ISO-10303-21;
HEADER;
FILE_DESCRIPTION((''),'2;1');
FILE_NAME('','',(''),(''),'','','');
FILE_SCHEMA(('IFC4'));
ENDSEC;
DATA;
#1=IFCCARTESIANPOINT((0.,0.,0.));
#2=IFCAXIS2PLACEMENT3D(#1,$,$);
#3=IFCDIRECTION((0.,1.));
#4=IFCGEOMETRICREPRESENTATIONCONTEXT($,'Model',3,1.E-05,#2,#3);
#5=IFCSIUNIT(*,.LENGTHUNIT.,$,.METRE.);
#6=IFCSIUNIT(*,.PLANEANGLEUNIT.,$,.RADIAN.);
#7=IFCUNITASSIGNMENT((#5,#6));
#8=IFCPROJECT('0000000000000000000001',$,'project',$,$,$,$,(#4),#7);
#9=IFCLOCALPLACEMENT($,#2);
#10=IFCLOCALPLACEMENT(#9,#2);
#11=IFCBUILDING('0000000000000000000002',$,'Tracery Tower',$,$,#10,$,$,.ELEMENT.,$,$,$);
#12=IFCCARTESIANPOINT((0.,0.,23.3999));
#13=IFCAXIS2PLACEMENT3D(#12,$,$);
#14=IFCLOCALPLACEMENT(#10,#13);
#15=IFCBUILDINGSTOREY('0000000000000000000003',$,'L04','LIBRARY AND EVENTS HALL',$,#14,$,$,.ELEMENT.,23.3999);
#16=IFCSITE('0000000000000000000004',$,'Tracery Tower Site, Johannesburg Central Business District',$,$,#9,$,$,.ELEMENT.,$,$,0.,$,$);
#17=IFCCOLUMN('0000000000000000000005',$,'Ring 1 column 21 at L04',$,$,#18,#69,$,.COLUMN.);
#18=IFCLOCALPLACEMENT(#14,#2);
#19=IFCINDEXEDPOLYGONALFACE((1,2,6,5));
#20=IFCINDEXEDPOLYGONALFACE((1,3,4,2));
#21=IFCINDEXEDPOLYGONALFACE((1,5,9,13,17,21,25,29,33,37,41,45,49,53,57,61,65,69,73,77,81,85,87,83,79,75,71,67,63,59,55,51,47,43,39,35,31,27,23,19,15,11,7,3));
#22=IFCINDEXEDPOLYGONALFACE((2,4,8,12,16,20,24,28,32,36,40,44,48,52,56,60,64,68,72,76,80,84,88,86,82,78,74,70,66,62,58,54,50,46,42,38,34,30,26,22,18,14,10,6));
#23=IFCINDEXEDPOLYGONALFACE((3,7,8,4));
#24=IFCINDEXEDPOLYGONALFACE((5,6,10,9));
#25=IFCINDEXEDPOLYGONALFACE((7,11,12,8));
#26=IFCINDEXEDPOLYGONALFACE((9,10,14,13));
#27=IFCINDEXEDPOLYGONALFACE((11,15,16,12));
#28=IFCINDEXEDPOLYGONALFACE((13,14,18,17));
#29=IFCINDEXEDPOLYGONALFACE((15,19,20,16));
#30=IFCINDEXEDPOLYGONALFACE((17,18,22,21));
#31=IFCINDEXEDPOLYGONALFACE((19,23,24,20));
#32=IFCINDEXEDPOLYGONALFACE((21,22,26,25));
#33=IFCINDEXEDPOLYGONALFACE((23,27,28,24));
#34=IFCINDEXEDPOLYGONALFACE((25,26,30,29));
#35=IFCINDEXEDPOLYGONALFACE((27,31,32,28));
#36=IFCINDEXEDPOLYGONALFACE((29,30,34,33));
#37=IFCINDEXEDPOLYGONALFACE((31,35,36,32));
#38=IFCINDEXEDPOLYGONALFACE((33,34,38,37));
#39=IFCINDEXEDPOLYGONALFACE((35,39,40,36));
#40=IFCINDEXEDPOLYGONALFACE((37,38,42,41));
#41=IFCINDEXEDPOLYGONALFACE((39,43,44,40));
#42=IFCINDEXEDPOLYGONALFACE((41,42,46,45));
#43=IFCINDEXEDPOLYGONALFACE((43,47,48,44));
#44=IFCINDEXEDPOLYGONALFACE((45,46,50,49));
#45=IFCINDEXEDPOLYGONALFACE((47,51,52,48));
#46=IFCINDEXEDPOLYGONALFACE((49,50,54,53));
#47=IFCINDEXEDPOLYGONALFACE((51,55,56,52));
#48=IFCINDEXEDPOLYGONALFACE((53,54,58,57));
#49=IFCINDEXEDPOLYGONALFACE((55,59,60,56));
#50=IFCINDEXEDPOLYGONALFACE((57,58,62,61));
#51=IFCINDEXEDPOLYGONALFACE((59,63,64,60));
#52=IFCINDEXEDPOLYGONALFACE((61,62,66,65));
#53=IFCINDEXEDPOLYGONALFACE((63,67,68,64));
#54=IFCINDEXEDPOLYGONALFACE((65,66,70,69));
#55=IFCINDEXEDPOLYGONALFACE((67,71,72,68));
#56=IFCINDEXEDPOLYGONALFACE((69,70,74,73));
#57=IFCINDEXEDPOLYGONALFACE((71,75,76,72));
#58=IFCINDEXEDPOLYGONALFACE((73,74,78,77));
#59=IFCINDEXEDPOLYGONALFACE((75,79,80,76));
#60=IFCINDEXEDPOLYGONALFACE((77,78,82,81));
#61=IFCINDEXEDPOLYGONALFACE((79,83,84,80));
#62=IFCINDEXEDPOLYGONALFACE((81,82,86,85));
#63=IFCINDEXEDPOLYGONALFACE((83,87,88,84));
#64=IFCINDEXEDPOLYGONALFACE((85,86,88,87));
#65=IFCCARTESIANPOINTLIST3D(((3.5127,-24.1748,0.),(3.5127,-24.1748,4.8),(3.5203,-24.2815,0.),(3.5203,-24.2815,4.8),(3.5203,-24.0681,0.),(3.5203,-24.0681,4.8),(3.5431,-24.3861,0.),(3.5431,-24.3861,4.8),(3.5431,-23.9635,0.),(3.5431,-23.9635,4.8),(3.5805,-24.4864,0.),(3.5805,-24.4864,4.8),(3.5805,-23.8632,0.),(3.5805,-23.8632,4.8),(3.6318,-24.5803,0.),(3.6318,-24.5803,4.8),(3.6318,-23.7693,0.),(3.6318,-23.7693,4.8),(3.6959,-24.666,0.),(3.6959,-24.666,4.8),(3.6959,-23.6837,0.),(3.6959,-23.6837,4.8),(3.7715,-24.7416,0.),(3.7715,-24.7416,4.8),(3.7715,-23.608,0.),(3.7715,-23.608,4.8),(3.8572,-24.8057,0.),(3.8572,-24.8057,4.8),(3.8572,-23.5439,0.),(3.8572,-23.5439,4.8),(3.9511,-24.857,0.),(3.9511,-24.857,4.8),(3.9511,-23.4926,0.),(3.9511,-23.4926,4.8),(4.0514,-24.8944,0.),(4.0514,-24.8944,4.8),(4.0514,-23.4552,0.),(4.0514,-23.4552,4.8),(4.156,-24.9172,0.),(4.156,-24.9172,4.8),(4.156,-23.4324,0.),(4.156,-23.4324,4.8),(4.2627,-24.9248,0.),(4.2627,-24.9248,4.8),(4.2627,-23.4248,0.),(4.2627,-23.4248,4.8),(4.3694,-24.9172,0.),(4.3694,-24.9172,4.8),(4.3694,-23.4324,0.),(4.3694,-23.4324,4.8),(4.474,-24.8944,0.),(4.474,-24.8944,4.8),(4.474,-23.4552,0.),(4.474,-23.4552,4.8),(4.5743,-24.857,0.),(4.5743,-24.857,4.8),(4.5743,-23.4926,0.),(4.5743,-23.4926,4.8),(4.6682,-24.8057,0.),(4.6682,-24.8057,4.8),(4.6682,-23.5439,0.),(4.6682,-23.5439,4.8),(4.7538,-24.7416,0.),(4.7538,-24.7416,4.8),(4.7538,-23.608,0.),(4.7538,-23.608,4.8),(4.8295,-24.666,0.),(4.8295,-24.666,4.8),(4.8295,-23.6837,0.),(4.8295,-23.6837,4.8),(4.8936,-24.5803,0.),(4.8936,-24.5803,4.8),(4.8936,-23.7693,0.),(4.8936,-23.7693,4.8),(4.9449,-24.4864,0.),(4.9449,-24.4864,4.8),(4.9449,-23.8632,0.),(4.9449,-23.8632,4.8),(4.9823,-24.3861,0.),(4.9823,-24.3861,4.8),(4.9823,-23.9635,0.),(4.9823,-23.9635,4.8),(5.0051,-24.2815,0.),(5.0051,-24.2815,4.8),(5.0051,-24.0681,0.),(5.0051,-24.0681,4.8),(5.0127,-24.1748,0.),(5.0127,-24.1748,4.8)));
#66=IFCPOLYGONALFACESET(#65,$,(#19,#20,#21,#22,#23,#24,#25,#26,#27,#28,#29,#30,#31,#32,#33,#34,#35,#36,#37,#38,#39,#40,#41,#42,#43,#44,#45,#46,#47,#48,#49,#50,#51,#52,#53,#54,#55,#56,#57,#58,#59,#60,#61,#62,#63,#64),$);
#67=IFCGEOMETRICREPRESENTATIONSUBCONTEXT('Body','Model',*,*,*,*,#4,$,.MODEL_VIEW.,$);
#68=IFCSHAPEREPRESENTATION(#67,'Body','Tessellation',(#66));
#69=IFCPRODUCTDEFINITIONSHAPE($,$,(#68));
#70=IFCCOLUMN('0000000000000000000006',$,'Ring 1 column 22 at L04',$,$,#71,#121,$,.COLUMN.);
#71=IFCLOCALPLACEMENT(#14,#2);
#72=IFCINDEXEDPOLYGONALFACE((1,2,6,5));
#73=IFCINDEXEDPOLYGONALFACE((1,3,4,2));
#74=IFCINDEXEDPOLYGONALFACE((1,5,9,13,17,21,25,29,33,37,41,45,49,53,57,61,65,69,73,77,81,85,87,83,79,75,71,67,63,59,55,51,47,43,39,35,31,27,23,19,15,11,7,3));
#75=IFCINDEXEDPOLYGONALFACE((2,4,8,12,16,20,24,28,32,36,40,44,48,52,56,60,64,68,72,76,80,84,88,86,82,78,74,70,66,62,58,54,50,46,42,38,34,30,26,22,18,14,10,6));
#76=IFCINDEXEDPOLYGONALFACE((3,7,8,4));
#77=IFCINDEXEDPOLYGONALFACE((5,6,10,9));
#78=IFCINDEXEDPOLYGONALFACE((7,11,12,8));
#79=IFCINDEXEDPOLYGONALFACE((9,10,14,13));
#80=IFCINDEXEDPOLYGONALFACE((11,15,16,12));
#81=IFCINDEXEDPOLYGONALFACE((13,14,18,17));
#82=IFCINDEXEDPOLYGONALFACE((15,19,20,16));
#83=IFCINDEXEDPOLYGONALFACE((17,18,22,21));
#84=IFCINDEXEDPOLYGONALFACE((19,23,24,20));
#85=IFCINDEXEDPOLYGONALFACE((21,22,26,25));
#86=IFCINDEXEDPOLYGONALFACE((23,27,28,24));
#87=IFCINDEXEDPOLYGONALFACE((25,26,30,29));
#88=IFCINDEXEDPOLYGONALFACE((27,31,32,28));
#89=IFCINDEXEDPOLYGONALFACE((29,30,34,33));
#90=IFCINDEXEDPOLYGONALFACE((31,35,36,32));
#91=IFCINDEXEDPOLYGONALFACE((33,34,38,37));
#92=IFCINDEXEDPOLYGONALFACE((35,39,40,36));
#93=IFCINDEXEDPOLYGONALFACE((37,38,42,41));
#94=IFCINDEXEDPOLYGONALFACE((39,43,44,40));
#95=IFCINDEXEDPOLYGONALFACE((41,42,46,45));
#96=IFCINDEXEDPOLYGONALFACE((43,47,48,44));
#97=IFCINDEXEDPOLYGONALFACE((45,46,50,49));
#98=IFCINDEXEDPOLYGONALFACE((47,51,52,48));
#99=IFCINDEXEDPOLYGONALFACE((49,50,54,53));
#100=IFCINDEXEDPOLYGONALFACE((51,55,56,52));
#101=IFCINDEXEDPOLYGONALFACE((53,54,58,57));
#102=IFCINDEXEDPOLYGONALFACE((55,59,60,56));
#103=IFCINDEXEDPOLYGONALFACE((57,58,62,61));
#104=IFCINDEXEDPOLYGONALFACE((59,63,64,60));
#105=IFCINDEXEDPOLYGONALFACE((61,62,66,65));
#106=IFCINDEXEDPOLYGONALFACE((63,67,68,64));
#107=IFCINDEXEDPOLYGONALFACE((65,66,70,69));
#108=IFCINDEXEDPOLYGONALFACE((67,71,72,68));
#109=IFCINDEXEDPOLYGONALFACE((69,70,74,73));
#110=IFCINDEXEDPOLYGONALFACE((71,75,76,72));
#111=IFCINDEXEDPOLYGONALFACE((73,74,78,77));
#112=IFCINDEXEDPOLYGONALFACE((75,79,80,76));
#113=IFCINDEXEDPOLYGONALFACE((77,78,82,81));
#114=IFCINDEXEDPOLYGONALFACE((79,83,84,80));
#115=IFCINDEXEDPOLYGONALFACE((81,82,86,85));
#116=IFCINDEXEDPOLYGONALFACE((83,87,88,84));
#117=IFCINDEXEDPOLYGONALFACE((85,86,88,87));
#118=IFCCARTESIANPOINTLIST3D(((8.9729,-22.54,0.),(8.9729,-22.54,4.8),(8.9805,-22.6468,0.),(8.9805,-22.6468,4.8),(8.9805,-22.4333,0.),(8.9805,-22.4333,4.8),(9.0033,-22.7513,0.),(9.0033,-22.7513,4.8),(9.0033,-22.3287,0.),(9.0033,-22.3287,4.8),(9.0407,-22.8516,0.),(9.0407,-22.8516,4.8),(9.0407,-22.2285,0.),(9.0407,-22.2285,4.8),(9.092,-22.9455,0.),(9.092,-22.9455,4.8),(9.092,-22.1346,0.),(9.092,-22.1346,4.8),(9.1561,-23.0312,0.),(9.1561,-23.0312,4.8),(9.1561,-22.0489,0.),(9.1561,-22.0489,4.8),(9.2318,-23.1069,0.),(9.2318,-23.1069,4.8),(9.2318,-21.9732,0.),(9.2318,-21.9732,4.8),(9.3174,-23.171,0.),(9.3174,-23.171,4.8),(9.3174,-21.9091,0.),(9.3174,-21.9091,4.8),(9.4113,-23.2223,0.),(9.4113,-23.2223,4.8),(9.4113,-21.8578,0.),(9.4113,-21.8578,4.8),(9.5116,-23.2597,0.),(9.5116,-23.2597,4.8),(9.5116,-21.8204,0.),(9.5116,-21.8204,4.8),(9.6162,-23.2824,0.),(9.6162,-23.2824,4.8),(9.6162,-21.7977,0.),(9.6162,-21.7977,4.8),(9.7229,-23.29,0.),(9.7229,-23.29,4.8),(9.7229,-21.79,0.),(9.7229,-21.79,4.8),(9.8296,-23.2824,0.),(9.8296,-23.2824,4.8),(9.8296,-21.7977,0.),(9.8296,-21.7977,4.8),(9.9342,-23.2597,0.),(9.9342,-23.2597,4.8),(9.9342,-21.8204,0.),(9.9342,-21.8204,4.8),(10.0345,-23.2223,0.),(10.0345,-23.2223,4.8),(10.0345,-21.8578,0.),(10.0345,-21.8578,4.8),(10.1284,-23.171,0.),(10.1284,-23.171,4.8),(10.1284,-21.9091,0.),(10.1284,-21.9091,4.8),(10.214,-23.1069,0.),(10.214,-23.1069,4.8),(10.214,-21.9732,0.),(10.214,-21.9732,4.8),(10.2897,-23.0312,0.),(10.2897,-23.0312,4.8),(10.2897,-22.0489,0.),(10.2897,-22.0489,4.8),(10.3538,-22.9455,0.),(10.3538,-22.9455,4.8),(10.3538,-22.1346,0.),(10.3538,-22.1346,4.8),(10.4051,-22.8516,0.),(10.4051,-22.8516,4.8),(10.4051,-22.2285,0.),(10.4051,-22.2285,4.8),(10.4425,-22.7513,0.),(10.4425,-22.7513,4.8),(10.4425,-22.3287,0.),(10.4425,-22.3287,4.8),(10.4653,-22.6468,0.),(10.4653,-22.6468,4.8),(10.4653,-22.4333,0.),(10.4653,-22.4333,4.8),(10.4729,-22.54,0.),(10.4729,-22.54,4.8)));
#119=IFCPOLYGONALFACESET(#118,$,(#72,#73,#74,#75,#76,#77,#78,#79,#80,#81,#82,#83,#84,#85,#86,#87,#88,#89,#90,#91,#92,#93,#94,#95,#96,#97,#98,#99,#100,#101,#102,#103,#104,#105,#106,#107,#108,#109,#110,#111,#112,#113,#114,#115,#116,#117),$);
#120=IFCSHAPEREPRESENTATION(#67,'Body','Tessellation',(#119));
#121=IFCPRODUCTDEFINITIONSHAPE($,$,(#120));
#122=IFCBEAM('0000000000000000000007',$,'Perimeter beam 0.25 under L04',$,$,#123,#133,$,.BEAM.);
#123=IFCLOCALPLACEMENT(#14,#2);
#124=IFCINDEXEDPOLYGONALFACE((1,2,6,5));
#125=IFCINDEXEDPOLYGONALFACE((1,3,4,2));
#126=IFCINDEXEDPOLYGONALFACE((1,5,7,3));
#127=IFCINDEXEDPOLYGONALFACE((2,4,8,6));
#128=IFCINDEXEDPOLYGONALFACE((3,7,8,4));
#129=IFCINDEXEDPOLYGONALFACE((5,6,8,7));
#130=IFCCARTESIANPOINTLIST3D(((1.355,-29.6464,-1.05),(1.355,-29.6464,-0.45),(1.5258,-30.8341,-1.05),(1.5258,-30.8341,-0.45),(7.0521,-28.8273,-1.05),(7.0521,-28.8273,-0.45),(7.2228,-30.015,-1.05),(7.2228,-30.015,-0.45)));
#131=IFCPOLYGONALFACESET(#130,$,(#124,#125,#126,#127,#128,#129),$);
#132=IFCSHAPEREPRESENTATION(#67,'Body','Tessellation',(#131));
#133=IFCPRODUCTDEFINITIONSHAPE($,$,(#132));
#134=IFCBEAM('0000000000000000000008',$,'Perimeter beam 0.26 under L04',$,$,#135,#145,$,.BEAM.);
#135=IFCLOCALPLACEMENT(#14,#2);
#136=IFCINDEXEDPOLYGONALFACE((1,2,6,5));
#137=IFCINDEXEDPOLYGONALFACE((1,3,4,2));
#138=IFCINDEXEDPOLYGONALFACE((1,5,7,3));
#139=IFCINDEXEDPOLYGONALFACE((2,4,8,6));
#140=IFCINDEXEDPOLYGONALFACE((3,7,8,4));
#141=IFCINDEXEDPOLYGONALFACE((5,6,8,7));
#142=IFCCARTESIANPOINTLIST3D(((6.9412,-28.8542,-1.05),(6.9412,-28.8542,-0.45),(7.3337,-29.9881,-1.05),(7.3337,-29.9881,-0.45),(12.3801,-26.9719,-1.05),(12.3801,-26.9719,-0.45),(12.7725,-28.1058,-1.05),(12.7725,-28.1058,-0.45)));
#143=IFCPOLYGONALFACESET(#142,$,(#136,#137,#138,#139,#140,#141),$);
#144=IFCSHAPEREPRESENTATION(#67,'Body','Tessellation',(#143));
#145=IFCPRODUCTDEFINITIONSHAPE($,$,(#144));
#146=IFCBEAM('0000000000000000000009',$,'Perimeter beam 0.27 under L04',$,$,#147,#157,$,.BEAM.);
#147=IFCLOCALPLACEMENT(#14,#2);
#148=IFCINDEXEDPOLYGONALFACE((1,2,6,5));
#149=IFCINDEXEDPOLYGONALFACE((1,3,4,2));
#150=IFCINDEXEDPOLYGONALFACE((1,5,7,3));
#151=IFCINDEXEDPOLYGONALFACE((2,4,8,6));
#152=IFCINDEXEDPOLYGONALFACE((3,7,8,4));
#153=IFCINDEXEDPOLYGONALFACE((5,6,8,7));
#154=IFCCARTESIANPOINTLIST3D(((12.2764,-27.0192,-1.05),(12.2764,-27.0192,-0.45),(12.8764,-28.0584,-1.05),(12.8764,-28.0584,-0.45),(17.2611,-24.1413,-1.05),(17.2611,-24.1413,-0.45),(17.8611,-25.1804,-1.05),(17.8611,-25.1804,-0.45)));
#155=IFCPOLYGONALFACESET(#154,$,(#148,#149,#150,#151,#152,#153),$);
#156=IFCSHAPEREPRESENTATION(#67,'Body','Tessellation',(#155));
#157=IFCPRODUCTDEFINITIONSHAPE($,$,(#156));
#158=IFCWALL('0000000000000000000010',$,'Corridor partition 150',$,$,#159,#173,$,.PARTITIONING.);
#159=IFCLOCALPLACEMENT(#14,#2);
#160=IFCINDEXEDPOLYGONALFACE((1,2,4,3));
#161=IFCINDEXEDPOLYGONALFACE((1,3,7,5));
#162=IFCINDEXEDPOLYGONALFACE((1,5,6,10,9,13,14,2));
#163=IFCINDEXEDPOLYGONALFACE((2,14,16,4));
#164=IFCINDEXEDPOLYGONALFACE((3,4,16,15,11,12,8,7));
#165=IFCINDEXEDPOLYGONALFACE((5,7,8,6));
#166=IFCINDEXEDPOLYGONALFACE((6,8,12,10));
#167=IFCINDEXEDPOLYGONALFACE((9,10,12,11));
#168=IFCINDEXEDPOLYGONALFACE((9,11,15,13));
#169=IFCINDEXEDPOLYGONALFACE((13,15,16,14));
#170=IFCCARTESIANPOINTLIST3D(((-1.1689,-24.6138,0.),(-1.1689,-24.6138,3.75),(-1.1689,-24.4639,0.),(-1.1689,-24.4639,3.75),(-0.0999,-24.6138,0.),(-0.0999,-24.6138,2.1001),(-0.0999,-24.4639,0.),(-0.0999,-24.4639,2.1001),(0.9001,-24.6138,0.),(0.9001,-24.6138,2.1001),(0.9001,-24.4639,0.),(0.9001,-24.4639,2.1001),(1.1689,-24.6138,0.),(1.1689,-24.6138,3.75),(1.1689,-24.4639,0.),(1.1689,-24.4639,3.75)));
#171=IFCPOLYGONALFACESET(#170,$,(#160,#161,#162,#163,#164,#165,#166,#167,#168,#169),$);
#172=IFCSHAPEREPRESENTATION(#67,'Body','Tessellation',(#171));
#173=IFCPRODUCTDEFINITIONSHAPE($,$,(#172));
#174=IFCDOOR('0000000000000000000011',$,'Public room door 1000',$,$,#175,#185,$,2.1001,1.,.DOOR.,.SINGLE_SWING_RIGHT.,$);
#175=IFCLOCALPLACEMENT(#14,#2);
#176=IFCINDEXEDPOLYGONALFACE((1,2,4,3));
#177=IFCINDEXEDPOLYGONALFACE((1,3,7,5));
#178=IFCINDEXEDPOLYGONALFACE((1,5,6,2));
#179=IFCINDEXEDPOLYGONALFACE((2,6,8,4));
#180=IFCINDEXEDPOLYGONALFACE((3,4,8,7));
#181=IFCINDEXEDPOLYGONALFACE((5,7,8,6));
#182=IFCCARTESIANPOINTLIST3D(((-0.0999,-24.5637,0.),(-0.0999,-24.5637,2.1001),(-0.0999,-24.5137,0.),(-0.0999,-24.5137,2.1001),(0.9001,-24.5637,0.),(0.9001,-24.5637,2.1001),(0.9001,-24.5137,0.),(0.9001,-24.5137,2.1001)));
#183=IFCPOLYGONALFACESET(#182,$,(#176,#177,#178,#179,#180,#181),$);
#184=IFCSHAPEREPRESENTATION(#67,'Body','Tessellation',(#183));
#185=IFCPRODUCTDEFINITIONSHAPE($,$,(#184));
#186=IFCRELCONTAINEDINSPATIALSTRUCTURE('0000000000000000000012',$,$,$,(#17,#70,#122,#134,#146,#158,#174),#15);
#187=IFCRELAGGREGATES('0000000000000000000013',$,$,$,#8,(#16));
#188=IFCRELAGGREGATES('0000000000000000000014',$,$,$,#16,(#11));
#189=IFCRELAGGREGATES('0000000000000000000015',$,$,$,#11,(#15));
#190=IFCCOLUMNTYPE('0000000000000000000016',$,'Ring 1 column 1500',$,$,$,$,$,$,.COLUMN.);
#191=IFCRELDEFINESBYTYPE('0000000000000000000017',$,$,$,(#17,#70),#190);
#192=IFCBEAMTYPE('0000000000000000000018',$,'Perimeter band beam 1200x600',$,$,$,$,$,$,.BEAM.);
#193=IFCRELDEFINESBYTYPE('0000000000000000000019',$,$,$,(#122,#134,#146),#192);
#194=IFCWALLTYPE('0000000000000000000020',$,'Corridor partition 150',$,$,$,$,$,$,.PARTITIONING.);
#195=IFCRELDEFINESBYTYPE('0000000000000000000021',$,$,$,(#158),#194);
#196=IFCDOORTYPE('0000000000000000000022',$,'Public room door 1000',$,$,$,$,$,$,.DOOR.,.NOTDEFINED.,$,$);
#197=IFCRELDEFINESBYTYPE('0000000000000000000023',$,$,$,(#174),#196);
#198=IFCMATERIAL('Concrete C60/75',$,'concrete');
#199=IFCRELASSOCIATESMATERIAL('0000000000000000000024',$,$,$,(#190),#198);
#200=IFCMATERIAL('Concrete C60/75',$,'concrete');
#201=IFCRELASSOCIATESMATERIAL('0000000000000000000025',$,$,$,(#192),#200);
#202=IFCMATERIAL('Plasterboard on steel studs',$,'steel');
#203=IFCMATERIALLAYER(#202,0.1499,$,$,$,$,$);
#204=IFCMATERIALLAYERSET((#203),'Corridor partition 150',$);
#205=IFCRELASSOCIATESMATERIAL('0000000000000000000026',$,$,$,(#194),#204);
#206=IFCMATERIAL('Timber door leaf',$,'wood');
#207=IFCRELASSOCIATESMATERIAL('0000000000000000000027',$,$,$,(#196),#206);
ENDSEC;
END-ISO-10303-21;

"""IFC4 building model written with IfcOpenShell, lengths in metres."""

from ifc_helpers import new_model, si_unit, direction, frame, frame_2d, origin, origin_2d, place, context, subcontext, project, spatial, rectangle, circle, extrude, material, layer, layer_set, material_profile, profile_set, type_object, element, fill, save


model = new_model("IFC4")

# Units and contexts
model_context = context("Model", 3, precision=1e-05, world=origin(), true_north=direction((0.0, 1.0)))
body_context = subcontext(model_context, "Body", "Model", "MODEL_VIEW")
ifc_project = project(units=[si_unit("LENGTHUNIT", "METRE"), si_unit("PLANEANGLEUNIT", "RADIAN")], contexts=[model_context])

# Site, building, storey
site_placement = place(None, origin())
site = spatial("IfcSite", under=ifc_project, at=site_placement, Name="Tracery Tower Site, Johannesburg Central Business District", CompositionType="ELEMENT", RefElevation=0.0)
building_placement = place(site_placement, origin())
building = spatial("IfcBuilding", under=site, at=building_placement, Name="Tracery Tower", CompositionType="ELEMENT")
storey_placement = place(building_placement, frame((0.0, 0.0, 23.3999)))
storey = spatial("IfcBuildingStorey", under=building, at=storey_placement, Name="L04", Description="LIBRARY AND EVENTS HALL", CompositionType="ELEMENT", Elevation=23.3999)

# Columns
ifc_material_1 = material(Name="Concrete C60/75", Category="concrete")
ifc_material_profile_1 = material_profile(ifc_material_1, circle(Radius=0.75, at=origin_2d()), Name="RC D1500")
ifc_profile_set_1 = profile_set([ifc_material_profile_1], Name="Concrete C60/75")
column_type_1 = type_object("IfcColumnType", Name="Ring 1 column 1500", PredefinedType="COLUMN", material=ifc_profile_set_1)
for number, where, z_axis, x_axis, name in (
    (1, (4.2627, -24.1748, 0.0), (0.0, 0.0, 1.0), (1.0, 0.0, 0.0), "Ring 1 column 21 at L04"),
    (2, (9.7229, -22.54, 0.0), (0.0, 0.0, 1.0), (1.0, 0.0, 0.0), "Ring 1 column 22 at L04"),
):
    element("IfcColumn", number, at=place(storey_placement, frame(where, z_axis=z_axis, x_axis=x_axis)), inside=storey, type_object=column_type_1, Name=name, PredefinedType="COLUMN", context=body_context, shape_type="SweptSolid", body=[
        extrude(circle(Radius=0.75, at=origin_2d()), origin(), (0.0, 0.0, 1.0), 4.8),
    ])

# Beams
ifc_material_2 = material(Name="Concrete C60/75", Category="concrete")
ifc_material_profile_2 = material_profile(ifc_material_2, rectangle(XDim=1.2, YDim=0.6001, at=origin_2d()), Name="RC 1200x600")
ifc_profile_set_2 = profile_set([ifc_material_profile_2], Name="Concrete C60/75")
beam_type = type_object("IfcBeamType", Name="Perimeter band beam 1200x600", PredefinedType="BEAM", material=ifc_profile_set_2)
beam_1_placement = place(storey_placement, frame((1.4404, -30.2402, -0.75), z_axis=(0.989822, 0.142312, 0.0), x_axis=(-0.142312, 0.989822, 0.0)))
element("IfcBeam", 3, at=beam_1_placement, inside=storey, type_object=beam_type, Name="Perimeter beam 0.25 under L04", PredefinedType="BEAM", context=body_context, shape_type="SweptSolid", body=[
    extrude(rectangle(XDim=1.2, YDim=0.6001, at=origin_2d()), origin(), (0.0, 0.0, 1.0), 5.7556),
])
beam_2_placement = place(storey_placement, frame((7.1375, -29.4211, -0.75), z_axis=(0.945007, 0.327049, 0.0), x_axis=(-0.327049, 0.945007, 0.0)))
element("IfcBeam", 4, at=beam_2_placement, inside=storey, type_object=beam_type, Name="Perimeter beam 0.26 under L04", PredefinedType="BEAM", context=body_context, shape_type="SweptSolid", body=[
    extrude(rectangle(XDim=1.2, YDim=0.6001, at=origin_2d()), origin(), (0.0, 0.0, 1.0), 5.7554),
])
beam_3_placement = place(storey_placement, frame((12.5764, -27.5388, -0.75), z_axis=(0.866021, 0.500008, 0.0), x_axis=(-0.500008, 0.866021, 0.0)))
element("IfcBeam", 5, at=beam_3_placement, inside=storey, type_object=beam_type, Name="Perimeter beam 0.27 under L04", PredefinedType="BEAM", context=body_context, shape_type="SweptSolid", body=[
    extrude(rectangle(XDim=1.2, YDim=0.6001, at=origin_2d()), origin(), (0.0, 0.0, 1.0), 5.7559),
])

# Wall, opening, door
ifc_material_3 = material(Name="Plasterboard on steel studs", Category="steel")
ifc_layer_1 = layer(ifc_material_3, 0.1499)
ifc_layer_set_1 = layer_set([ifc_layer_1], Name="Corridor partition 150")
wall_type_1 = type_object("IfcWallType", Name="Corridor partition 150", PredefinedType="PARTITIONING", material=ifc_layer_set_1)
wall_1_placement = place(storey_placement, frame((1.1689, -24.5388, 0.0), z_axis=(0.0, 0.0, 1.0), x_axis=(-1.0, 0.0, 0.0)))
wall_1 = element("IfcWall", 6, at=wall_1_placement, inside=storey, type_object=wall_type_1, Name="Corridor partition 150", PredefinedType="PARTITIONING", context=body_context, shape_type="SweptSolid", body=[
    extrude(rectangle(XDim=2.3379, YDim=0.1499, at=frame_2d((1.1689, 0.0))), origin(), (0.0, 0.0, 1.0), 3.75),
])
opening_1_placement = place(wall_1_placement, frame((0.2688, 0.0, 0.0)))
opening_1 = element("IfcOpeningElement", 7, at=opening_1_placement, cuts=wall_1, PredefinedType="OPENING", context=body_context, shape_type="SweptSolid", body=[
    extrude(rectangle(XDim=1.0, YDim=2.1001, at=frame_2d((0.5, 1.05))), frame((0.0, 0.075, 0.0), z_axis=(0.0, -1.0, 0.0), x_axis=(1.0, 0.0, 0.0)), (0.0, 0.0, 1.0), 0.1499),
])
ifc_material_4 = material(Name="Timber door leaf", Category="wood")
door_type_1 = type_object("IfcDoorType", Name="Public room door 1000", OperationType="NOTDEFINED", PredefinedType="DOOR", material=ifc_material_4)
door_1_placement = place(opening_1_placement, origin())
door_1 = element("IfcDoor", 8, at=door_1_placement, inside=storey, type_object=door_type_1, Name="Public room door 1000", OperationType="SINGLE_SWING_RIGHT", OverallHeight=2.1001, OverallWidth=1.0, PredefinedType="DOOR", context=body_context, shape_type="SweptSolid", body=[
    extrude(rectangle(XDim=1.0, YDim=2.1001, at=frame_2d((0.5, 1.05))), frame((0.0, 0.0249, 0.0), z_axis=(0.0, -1.0, 0.0), x_axis=(1.0, 0.0, 0.0)), (0.0, 0.0, 1.0), 0.05),
])
fill(opening_1, door_1)

save(model, "model.ifc")
